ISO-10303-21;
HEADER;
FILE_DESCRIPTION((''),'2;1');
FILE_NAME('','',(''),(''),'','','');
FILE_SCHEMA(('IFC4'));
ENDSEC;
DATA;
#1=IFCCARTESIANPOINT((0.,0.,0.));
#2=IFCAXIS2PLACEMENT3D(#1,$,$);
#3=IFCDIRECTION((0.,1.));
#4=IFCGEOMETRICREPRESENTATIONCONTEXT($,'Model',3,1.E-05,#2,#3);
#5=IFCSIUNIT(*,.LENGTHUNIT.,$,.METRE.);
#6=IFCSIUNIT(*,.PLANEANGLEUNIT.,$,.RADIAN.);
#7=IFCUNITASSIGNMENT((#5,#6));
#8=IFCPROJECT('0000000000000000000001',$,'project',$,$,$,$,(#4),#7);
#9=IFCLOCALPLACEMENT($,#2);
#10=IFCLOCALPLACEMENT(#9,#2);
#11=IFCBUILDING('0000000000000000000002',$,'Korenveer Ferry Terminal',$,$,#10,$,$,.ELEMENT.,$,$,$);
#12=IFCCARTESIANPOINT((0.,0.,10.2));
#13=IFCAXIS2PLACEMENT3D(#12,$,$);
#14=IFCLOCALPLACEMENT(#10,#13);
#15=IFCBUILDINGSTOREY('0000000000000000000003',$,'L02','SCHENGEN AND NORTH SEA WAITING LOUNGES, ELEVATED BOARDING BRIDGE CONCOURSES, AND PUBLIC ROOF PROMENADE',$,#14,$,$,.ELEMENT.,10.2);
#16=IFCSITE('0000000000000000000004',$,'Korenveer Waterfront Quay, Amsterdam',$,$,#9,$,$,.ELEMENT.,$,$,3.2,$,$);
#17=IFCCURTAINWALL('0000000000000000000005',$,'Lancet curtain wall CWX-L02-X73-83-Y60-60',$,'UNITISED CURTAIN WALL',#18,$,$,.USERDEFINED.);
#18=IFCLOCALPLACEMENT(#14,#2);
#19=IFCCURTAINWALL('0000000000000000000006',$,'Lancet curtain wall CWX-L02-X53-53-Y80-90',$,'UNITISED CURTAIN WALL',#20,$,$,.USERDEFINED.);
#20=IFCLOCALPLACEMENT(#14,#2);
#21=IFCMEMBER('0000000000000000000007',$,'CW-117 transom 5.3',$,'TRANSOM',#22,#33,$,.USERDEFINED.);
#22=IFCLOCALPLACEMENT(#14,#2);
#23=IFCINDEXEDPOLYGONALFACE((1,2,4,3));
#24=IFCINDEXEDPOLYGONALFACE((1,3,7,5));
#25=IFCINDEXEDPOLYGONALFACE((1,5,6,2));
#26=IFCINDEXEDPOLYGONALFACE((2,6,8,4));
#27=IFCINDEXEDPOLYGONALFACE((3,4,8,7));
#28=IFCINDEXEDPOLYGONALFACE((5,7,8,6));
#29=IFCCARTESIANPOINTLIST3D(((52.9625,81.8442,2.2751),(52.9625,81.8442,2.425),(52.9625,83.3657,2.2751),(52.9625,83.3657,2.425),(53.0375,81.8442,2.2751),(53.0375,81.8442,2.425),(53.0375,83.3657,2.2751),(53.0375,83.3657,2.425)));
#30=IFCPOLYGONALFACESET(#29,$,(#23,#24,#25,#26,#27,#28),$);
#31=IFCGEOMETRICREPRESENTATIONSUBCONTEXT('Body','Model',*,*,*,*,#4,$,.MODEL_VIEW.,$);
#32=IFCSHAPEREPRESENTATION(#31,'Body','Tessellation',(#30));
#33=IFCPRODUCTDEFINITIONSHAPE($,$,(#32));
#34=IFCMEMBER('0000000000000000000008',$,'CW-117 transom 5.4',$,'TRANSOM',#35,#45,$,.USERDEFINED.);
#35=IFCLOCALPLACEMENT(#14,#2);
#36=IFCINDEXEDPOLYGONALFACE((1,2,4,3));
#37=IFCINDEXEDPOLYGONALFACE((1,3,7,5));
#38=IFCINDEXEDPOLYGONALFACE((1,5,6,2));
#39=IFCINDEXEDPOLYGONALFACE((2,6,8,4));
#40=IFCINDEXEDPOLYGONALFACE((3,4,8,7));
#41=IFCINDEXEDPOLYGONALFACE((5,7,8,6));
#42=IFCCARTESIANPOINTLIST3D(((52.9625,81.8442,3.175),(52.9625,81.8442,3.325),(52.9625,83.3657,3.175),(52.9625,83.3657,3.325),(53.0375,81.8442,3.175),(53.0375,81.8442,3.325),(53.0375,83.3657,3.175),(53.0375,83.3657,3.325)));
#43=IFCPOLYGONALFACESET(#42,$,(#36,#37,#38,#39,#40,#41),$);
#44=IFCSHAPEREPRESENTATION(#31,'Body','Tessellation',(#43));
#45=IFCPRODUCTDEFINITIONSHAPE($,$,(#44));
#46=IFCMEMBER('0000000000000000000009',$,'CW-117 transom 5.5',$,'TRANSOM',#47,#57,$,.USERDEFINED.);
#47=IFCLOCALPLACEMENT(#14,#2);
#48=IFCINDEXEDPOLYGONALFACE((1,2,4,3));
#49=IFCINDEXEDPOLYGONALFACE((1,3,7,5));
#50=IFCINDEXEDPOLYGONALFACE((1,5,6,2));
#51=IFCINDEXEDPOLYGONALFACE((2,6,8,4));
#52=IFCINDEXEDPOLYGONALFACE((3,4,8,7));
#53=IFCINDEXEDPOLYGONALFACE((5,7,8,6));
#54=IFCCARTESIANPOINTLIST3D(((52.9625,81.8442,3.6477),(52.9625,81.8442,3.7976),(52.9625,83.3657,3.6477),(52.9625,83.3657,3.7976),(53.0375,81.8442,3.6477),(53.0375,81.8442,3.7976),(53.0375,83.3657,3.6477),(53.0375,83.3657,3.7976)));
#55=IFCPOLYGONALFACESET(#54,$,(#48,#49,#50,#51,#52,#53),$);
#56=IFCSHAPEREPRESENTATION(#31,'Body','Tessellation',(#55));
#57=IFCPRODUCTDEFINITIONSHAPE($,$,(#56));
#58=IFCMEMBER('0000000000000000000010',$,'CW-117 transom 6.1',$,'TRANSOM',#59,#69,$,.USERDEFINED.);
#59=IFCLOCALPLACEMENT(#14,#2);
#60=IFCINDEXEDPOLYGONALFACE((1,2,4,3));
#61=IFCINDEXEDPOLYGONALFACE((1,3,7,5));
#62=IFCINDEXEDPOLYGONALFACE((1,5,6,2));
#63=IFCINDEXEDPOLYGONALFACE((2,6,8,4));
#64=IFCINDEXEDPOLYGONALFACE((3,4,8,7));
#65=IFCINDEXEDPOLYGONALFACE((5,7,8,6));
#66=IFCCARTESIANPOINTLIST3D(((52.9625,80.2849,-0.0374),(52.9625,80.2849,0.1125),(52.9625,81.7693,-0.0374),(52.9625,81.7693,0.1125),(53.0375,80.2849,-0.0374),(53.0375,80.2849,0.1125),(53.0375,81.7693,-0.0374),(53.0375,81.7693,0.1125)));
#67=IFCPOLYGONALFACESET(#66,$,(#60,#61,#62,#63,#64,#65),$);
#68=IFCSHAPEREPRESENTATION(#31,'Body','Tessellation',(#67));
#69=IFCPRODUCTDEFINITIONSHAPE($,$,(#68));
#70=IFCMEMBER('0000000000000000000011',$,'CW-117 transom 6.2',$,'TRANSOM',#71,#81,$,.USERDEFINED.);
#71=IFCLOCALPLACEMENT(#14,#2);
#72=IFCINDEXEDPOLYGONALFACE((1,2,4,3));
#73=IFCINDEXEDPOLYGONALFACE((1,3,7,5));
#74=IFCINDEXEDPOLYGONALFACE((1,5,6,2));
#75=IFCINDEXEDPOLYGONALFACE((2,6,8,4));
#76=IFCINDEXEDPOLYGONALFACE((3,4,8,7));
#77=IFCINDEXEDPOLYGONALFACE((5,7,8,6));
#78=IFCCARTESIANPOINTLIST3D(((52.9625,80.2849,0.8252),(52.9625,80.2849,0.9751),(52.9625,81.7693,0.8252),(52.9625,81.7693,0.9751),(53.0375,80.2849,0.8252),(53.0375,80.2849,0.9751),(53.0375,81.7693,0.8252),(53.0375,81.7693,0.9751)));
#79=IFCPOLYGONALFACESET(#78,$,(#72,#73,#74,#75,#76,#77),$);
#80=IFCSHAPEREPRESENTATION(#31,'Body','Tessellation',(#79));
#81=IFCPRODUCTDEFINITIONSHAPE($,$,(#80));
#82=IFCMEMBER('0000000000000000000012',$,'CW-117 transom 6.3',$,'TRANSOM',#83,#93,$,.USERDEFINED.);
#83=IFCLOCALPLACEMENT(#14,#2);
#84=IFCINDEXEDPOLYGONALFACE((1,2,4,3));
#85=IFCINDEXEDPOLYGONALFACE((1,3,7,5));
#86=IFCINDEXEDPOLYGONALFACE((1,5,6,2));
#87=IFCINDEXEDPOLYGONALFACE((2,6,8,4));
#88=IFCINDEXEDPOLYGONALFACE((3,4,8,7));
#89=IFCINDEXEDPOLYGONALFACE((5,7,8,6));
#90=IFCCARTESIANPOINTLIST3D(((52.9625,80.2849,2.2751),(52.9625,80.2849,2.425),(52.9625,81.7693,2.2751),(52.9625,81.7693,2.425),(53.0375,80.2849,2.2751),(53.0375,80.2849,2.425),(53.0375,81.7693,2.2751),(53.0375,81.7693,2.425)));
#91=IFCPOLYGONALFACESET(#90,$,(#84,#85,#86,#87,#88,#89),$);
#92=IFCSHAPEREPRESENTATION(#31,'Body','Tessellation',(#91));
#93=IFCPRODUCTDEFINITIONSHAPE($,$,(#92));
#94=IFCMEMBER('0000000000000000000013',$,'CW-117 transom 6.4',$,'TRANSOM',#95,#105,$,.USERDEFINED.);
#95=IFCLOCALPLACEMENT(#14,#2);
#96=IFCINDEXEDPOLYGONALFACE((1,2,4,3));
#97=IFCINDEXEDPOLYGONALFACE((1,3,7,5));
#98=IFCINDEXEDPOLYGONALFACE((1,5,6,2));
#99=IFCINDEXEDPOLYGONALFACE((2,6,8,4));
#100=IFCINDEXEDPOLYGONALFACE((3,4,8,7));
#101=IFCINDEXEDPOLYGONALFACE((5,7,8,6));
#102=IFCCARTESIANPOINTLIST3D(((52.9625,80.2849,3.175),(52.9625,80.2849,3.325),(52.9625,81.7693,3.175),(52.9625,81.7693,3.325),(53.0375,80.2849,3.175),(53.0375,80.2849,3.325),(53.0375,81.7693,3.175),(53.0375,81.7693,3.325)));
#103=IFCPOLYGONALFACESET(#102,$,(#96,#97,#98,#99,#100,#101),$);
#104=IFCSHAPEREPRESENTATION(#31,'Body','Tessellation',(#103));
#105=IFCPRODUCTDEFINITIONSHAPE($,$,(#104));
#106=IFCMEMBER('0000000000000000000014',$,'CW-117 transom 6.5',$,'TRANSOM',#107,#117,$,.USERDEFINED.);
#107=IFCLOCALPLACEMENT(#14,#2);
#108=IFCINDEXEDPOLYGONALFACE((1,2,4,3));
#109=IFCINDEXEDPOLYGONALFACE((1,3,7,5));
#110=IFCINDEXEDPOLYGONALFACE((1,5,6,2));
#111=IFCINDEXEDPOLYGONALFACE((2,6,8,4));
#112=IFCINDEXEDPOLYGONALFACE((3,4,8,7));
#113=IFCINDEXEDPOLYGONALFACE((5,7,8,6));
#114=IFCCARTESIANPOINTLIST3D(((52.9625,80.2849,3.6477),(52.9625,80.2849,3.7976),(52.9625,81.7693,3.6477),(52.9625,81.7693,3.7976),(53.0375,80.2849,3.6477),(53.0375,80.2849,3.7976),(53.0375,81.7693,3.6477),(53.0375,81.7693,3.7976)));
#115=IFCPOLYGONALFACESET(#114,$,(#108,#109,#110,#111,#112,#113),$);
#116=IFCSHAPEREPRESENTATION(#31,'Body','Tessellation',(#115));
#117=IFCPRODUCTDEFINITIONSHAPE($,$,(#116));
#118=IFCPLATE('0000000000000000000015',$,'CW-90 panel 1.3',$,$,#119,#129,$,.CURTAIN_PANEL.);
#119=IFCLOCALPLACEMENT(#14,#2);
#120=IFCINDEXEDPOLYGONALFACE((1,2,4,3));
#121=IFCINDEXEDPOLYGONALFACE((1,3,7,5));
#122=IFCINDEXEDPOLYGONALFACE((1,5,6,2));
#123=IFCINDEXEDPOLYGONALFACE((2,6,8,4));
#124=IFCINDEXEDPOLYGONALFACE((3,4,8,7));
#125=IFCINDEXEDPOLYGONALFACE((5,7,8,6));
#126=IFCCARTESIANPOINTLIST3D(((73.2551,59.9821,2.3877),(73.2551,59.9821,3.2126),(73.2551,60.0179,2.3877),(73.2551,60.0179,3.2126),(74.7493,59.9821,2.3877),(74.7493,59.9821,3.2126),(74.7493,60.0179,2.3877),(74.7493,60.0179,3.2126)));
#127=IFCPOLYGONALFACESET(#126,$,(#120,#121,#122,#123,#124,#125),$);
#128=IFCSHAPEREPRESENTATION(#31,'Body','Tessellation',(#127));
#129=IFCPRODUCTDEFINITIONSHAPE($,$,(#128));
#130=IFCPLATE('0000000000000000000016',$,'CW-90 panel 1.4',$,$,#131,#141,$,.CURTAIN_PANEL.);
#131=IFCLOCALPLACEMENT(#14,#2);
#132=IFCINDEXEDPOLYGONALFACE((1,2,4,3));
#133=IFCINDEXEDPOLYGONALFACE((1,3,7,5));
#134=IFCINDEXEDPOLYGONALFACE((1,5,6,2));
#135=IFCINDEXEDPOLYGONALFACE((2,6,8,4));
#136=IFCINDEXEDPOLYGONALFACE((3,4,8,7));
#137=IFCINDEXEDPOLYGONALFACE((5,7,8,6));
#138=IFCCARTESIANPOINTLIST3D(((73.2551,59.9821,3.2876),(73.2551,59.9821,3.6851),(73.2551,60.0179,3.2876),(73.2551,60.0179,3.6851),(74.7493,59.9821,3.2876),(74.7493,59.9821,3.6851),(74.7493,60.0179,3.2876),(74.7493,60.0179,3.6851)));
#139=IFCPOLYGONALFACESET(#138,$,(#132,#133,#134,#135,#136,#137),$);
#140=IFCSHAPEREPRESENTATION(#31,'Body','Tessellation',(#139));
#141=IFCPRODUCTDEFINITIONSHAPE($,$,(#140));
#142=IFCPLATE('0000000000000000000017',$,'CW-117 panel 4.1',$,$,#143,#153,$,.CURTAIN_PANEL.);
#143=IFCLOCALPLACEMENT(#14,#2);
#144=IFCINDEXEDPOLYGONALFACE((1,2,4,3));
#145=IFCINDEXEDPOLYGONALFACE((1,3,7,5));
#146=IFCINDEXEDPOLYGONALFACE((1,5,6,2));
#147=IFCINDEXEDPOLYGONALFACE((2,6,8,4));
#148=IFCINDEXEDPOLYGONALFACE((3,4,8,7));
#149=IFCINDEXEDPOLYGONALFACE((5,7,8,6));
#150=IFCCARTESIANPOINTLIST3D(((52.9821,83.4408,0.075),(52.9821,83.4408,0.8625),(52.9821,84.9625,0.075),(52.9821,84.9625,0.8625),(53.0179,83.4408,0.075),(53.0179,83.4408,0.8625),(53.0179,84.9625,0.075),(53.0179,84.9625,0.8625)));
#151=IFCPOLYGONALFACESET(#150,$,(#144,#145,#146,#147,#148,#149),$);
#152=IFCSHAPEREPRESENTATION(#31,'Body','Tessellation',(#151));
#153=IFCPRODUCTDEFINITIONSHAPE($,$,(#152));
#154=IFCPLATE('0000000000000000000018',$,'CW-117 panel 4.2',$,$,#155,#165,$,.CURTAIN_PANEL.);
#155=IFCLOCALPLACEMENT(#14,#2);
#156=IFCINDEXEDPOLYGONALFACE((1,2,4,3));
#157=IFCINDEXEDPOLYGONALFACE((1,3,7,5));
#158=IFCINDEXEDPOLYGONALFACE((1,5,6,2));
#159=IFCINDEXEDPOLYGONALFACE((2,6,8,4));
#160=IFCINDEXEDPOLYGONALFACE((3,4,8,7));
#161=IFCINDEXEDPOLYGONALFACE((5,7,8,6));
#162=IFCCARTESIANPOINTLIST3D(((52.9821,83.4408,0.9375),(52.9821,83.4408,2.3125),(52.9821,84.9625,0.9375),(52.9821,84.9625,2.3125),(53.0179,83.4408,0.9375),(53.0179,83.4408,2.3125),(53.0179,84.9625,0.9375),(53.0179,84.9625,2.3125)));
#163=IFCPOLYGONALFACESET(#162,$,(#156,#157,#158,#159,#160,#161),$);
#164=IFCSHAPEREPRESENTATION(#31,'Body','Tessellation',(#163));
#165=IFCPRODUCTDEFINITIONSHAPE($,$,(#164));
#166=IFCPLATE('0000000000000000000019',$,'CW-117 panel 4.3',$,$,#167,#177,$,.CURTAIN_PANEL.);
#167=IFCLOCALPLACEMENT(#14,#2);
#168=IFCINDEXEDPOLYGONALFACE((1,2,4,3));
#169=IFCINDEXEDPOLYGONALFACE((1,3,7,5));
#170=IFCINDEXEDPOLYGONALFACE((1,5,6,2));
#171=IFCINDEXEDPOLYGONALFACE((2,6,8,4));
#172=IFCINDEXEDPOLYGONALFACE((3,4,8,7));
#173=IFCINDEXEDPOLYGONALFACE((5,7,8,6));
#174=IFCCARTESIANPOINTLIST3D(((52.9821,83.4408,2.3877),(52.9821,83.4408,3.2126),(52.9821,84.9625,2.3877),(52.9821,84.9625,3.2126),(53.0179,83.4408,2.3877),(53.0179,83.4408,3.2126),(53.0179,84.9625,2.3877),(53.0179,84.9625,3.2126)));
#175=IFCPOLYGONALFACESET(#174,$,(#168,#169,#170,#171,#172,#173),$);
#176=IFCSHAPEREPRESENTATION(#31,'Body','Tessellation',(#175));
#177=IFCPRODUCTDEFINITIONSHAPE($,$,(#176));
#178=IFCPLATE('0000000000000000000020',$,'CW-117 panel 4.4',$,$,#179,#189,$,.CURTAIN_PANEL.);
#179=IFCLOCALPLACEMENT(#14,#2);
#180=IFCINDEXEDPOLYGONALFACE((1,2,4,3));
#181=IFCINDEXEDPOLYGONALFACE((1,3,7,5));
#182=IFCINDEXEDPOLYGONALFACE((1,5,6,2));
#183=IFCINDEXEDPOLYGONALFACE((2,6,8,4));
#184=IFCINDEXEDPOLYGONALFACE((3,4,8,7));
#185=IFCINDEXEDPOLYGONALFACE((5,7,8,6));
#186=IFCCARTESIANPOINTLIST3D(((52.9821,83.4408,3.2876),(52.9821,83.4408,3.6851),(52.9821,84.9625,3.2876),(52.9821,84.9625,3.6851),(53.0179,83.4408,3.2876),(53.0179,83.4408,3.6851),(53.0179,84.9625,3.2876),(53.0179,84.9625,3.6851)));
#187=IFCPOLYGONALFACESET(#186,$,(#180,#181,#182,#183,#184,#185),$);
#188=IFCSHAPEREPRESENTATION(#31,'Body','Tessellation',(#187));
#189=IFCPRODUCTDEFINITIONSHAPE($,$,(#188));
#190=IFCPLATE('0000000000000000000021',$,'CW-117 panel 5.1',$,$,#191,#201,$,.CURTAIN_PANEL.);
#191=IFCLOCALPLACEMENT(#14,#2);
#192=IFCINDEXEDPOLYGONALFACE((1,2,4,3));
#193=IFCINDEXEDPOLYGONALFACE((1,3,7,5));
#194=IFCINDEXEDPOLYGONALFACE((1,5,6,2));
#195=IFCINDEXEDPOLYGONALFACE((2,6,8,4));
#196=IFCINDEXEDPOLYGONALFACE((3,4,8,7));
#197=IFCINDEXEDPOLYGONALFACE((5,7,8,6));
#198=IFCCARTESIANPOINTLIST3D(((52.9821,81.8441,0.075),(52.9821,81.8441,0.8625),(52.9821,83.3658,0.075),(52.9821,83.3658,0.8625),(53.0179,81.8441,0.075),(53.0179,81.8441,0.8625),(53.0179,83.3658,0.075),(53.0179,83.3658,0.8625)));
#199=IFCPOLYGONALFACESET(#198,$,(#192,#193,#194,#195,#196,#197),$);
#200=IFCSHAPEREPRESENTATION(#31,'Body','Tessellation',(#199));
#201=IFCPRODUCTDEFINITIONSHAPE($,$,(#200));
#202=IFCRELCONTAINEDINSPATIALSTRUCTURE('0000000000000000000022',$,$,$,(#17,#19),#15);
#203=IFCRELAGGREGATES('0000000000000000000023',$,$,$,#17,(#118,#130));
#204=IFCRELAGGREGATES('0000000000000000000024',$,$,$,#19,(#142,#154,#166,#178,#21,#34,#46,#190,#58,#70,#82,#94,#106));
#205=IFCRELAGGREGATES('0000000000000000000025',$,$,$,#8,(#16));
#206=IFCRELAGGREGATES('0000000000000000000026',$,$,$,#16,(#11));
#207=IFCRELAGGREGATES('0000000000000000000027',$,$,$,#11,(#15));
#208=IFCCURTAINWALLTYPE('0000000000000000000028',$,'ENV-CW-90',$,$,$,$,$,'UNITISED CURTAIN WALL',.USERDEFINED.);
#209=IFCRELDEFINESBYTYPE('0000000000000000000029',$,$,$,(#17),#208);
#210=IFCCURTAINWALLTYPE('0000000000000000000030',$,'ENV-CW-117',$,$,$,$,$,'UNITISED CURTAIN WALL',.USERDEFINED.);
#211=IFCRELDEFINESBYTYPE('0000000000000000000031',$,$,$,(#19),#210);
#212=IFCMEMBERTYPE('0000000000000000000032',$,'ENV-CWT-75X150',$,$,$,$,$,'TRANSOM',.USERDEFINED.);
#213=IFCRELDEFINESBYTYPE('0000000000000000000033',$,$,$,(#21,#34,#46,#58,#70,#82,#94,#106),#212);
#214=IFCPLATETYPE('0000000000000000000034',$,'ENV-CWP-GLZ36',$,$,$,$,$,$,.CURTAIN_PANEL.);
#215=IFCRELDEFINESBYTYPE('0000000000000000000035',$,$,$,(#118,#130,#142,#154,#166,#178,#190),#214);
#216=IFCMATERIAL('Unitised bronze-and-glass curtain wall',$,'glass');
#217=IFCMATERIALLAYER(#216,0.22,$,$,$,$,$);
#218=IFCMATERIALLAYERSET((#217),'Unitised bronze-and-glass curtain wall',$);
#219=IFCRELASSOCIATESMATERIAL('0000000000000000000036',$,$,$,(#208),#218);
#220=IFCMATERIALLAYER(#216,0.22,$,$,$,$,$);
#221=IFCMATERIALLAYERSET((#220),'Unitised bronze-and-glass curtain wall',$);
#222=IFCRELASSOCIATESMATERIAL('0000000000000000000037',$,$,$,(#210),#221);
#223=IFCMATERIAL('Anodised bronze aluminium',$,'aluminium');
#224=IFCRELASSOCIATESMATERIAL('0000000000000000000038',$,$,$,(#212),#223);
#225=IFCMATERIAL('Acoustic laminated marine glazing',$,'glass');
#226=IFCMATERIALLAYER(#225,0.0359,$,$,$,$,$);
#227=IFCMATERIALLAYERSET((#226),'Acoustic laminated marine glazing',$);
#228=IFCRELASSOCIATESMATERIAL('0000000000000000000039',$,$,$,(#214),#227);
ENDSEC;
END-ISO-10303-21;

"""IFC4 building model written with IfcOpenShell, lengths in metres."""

from ifc_helpers import new_model, si_unit, direction, frame, origin, origin_2d, place, context, subcontext, project, spatial, rectangle, extrude, material, layer, layer_set, material_profile, profile_set, type_object, element, aggregate, save


model = new_model("IFC4")

# Units and contexts
model_context = context("Model", 3, precision=1e-05, world=origin(), true_north=direction((0.0, 1.0)))
body_context = subcontext(model_context, "Body", "Model", "MODEL_VIEW")
ifc_project = project(units=[si_unit("LENGTHUNIT", "METRE"), si_unit("PLANEANGLEUNIT", "RADIAN")], contexts=[model_context])

# Site, building, storey
site_placement = place(None, origin())
site = spatial("IfcSite", under=ifc_project, at=site_placement, Name="Korenveer Waterfront Quay, Amsterdam", CompositionType="ELEMENT", RefElevation=3.2)
building_placement = place(site_placement, origin())
building = spatial("IfcBuilding", under=site, at=building_placement, Name="Korenveer Ferry Terminal", CompositionType="ELEMENT")
storey_placement = place(building_placement, frame((0.0, 0.0, 10.2)))
storey = spatial("IfcBuildingStorey", under=building, at=storey_placement, Name="L02", Description="SCHENGEN AND NORTH SEA WAITING LOUNGES, ELEVATED BOARDING BRIDGE CONCOURSES, AND PUBLIC ROOF PROMENADE", CompositionType="ELEMENT", Elevation=10.2)

# Curtain wall
ifc_material_1 = material(Name="Unitised bronze-and-glass curtain wall", Category="glass")
ifc_layer_1 = layer(ifc_material_1, 0.22)
ifc_layer_set_1 = layer_set([ifc_layer_1], Name="Unitised bronze-and-glass curtain wall")
curtain_wall_type_1 = type_object("IfcCurtainWallType", Name="ENV-CW-90", ElementType="UNITISED CURTAIN WALL", PredefinedType="USERDEFINED", material=ifc_layer_set_1)
curtain_wall_1_placement = place(storey_placement, frame((73.1799, 60.0, 0.0)))
curtain_wall_1 = element("IfcCurtainWall", 1, at=curtain_wall_1_placement, inside=storey, type_object=curtain_wall_type_1, Name="Lancet curtain wall CWX-L02-X73-83-Y60-60", ObjectType="UNITISED CURTAIN WALL", PredefinedType="USERDEFINED")
ifc_material_2 = material(Name="Anodised bronze aluminium", Category="aluminium")

# Curtain wall, members
ifc_layer_2 = layer(ifc_material_1, 0.22)
ifc_layer_set_2 = layer_set([ifc_layer_2], Name="Unitised bronze-and-glass curtain wall")
curtain_wall_type_2 = type_object("IfcCurtainWallType", Name="ENV-CW-117", ElementType="UNITISED CURTAIN WALL", PredefinedType="USERDEFINED", material=ifc_layer_set_2)
curtain_wall_2_placement = place(storey_placement, frame((53.0, 89.79, 0.0)))
curtain_wall_2 = element("IfcCurtainWall", 2, at=curtain_wall_2_placement, inside=storey, type_object=curtain_wall_type_2, Name="Lancet curtain wall CWX-L02-X53-53-Y80-90", ObjectType="UNITISED CURTAIN WALL", PredefinedType="USERDEFINED")
ifc_material_profile_1 = material_profile(ifc_material_2, rectangle(XDim=0.075, YDim=0.1499, at=origin_2d()), Name="ALU 75x150")
ifc_profile_set_1 = profile_set([ifc_material_profile_1], Name="Anodised bronze aluminium")
member_type_1 = type_object("IfcMemberType", Name="ENV-CWT-75X150", ElementType="TRANSOM", PredefinedType="USERDEFINED", material=ifc_profile_set_1)
member_1_placement = place(storey_placement, frame((53.0, 83.3657, 2.3501), z_axis=(0.0, -1.0, 0.0), x_axis=(1.0, 0.0, 0.0)))
member_1 = element("IfcMember", 3, at=member_1_placement, type_object=member_type_1, Name="CW-117 transom 5.3", ObjectType="TRANSOM", PredefinedType="USERDEFINED", context=body_context, shape_type="SweptSolid", body=[
    extrude(rectangle(XDim=0.075, YDim=0.1499, at=origin_2d()), origin(), (0.0, 0.0, 1.0), 1.5215),
])
member_2_placement = place(storey_placement, frame((53.0, 83.3657, 3.25), z_axis=(0.0, -1.0, 0.0), x_axis=(1.0, 0.0, 0.0)))
member_2 = element("IfcMember", 4, at=member_2_placement, type_object=member_type_1, Name="CW-117 transom 5.4", ObjectType="TRANSOM", PredefinedType="USERDEFINED", context=body_context, shape_type="SweptSolid", body=[
    extrude(rectangle(XDim=0.075, YDim=0.1499, at=origin_2d()), origin(), (0.0, 0.0, 1.0), 1.5215),
])
member_3_placement = place(storey_placement, frame((53.0, 83.3657, 3.7227), z_axis=(0.0, -1.0, 0.0), x_axis=(1.0, 0.0, 0.0)))
member_3 = element("IfcMember", 5, at=member_3_placement, type_object=member_type_1, Name="CW-117 transom 5.5", ObjectType="TRANSOM", PredefinedType="USERDEFINED", context=body_context, shape_type="SweptSolid", body=[
    extrude(rectangle(XDim=0.075, YDim=0.1499, at=origin_2d()), origin(), (0.0, 0.0, 1.0), 1.5215),
])
member_4_placement = place(storey_placement, frame((53.0, 81.7693, 0.0376), z_axis=(0.0, -1.0, 0.0), x_axis=(1.0, 0.0, 0.0)))
member_4 = element("IfcMember", 6, at=member_4_placement, type_object=member_type_1, Name="CW-117 transom 6.1", ObjectType="TRANSOM", PredefinedType="USERDEFINED", context=body_context, shape_type="SweptSolid", body=[
    extrude(rectangle(XDim=0.075, YDim=0.1499, at=origin_2d()), origin(), (0.0, 0.0, 1.0), 1.4844),
])
member_5_placement = place(storey_placement, frame((53.0, 81.7693, 0.9001), z_axis=(0.0, -1.0, 0.0), x_axis=(1.0, 0.0, 0.0)))
member_5 = element("IfcMember", 7, at=member_5_placement, type_object=member_type_1, Name="CW-117 transom 6.2", ObjectType="TRANSOM", PredefinedType="USERDEFINED", context=body_context, shape_type="SweptSolid", body=[
    extrude(rectangle(XDim=0.075, YDim=0.1499, at=origin_2d()), origin(), (0.0, 0.0, 1.0), 1.4844),
])
member_6_placement = place(storey_placement, frame((53.0, 81.7693, 2.3501), z_axis=(0.0, -1.0, 0.0), x_axis=(1.0, 0.0, 0.0)))
member_6 = element("IfcMember", 8, at=member_6_placement, type_object=member_type_1, Name="CW-117 transom 6.3", ObjectType="TRANSOM", PredefinedType="USERDEFINED", context=body_context, shape_type="SweptSolid", body=[
    extrude(rectangle(XDim=0.075, YDim=0.1499, at=origin_2d()), origin(), (0.0, 0.0, 1.0), 1.4844),
])
member_7_placement = place(storey_placement, frame((53.0, 81.7693, 3.25), z_axis=(0.0, -1.0, 0.0), x_axis=(1.0, 0.0, 0.0)))
member_7 = element("IfcMember", 9, at=member_7_placement, type_object=member_type_1, Name="CW-117 transom 6.4", ObjectType="TRANSOM", PredefinedType="USERDEFINED", context=body_context, shape_type="SweptSolid", body=[
    extrude(rectangle(XDim=0.075, YDim=0.1499, at=origin_2d()), origin(), (0.0, 0.0, 1.0), 1.4844),
])
member_8_placement = place(storey_placement, frame((53.0, 81.7693, 3.7227), z_axis=(0.0, -1.0, 0.0), x_axis=(1.0, 0.0, 0.0)))
member_8 = element("IfcMember", 10, at=member_8_placement, type_object=member_type_1, Name="CW-117 transom 6.5", ObjectType="TRANSOM", PredefinedType="USERDEFINED", context=body_context, shape_type="SweptSolid", body=[
    extrude(rectangle(XDim=0.075, YDim=0.1499, at=origin_2d()), origin(), (0.0, 0.0, 1.0), 1.4844),
])

# Plates
ifc_material_3 = material(Name="Acoustic laminated marine glazing", Category="glass")
ifc_layer_3 = layer(ifc_material_3, 0.0359)
ifc_layer_set_3 = layer_set([ifc_layer_3], Name="Acoustic laminated marine glazing")
plate_type = type_object("IfcPlateType", Name="ENV-CWP-GLZ36", PredefinedType="CURTAIN_PANEL", material=ifc_layer_set_3)
plate_1_placement = place(storey_placement, frame((74.0022, 60.0, 2.3877), z_axis=(0.0, 0.0, 1.0), x_axis=(1.0, 0.0, 0.0)))
plate_1 = element("IfcPlate", 11, at=plate_1_placement, type_object=plate_type, Name="CW-90 panel 1.3", PredefinedType="CURTAIN_PANEL", context=body_context, shape_type="SweptSolid", body=[
    extrude(rectangle(XDim=1.4941, YDim=0.0359, at=origin_2d()), origin(), (0.0, 0.0, 1.0), 0.825),
])
plate_2_placement = place(storey_placement, frame((74.0022, 60.0, 3.2876), z_axis=(0.0, 0.0, 1.0), x_axis=(1.0, 0.0, 0.0)))
plate_2 = element("IfcPlate", 12, at=plate_2_placement, type_object=plate_type, Name="CW-90 panel 1.4", PredefinedType="CURTAIN_PANEL", context=body_context, shape_type="SweptSolid", body=[
    extrude(rectangle(XDim=1.4941, YDim=0.0359, at=origin_2d()), origin(), (0.0, 0.0, 1.0), 0.3975),
])
aggregate(curtain_wall_1, [plate_1, plate_2])
plate_3_placement = place(storey_placement, frame((53.0, 84.2017, 0.075), z_axis=(0.0, 0.0, 1.0), x_axis=(0.0, -1.0, 0.0)))
plate_3 = element("IfcPlate", 13, at=plate_3_placement, type_object=plate_type, Name="CW-117 panel 4.1", PredefinedType="CURTAIN_PANEL", context=body_context, shape_type="SweptSolid", body=[
    extrude(rectangle(XDim=1.5217, YDim=0.0359, at=origin_2d()), origin(), (0.0, 0.0, 1.0), 0.7876),
])
plate_4_placement = place(storey_placement, frame((53.0, 84.2017, 0.9375), z_axis=(0.0, 0.0, 1.0), x_axis=(0.0, -1.0, 0.0)))
plate_4 = element("IfcPlate", 14, at=plate_4_placement, type_object=plate_type, Name="CW-117 panel 4.2", PredefinedType="CURTAIN_PANEL", context=body_context, shape_type="SweptSolid", body=[
    extrude(rectangle(XDim=1.5217, YDim=0.0359, at=origin_2d()), origin(), (0.0, 0.0, 1.0), 1.375),
])
plate_5_placement = place(storey_placement, frame((53.0, 84.2017, 2.3877), z_axis=(0.0, 0.0, 1.0), x_axis=(0.0, -1.0, 0.0)))
plate_5 = element("IfcPlate", 15, at=plate_5_placement, type_object=plate_type, Name="CW-117 panel 4.3", PredefinedType="CURTAIN_PANEL", context=body_context, shape_type="SweptSolid", body=[
    extrude(rectangle(XDim=1.5217, YDim=0.0359, at=origin_2d()), origin(), (0.0, 0.0, 1.0), 0.825),
])
plate_6_placement = place(storey_placement, frame((53.0, 84.2017, 3.2876), z_axis=(0.0, 0.0, 1.0), x_axis=(0.0, -1.0, 0.0)))
plate_6 = element("IfcPlate", 16, at=plate_6_placement, type_object=plate_type, Name="CW-117 panel 4.4", PredefinedType="CURTAIN_PANEL", context=body_context, shape_type="SweptSolid", body=[
    extrude(rectangle(XDim=1.5217, YDim=0.0359, at=origin_2d()), origin(), (0.0, 0.0, 1.0), 0.3975),
])
plate_7_placement = place(storey_placement, frame((53.0, 82.605, 0.075), z_axis=(0.0, 0.0, 1.0), x_axis=(0.0, -1.0, 0.0)))
plate_7 = element("IfcPlate", 17, at=plate_7_placement, type_object=plate_type, Name="CW-117 panel 5.1", PredefinedType="CURTAIN_PANEL", context=body_context, shape_type="SweptSolid", body=[
    extrude(rectangle(XDim=1.5217, YDim=0.0359, at=origin_2d()), origin(), (0.0, 0.0, 1.0), 0.7876),
])
aggregate(curtain_wall_2, [plate_3, plate_4, plate_5, plate_6, member_1, member_2, member_3, plate_7, member_4, member_5, member_6, member_7, member_8])

save(model, "model.ifc")
